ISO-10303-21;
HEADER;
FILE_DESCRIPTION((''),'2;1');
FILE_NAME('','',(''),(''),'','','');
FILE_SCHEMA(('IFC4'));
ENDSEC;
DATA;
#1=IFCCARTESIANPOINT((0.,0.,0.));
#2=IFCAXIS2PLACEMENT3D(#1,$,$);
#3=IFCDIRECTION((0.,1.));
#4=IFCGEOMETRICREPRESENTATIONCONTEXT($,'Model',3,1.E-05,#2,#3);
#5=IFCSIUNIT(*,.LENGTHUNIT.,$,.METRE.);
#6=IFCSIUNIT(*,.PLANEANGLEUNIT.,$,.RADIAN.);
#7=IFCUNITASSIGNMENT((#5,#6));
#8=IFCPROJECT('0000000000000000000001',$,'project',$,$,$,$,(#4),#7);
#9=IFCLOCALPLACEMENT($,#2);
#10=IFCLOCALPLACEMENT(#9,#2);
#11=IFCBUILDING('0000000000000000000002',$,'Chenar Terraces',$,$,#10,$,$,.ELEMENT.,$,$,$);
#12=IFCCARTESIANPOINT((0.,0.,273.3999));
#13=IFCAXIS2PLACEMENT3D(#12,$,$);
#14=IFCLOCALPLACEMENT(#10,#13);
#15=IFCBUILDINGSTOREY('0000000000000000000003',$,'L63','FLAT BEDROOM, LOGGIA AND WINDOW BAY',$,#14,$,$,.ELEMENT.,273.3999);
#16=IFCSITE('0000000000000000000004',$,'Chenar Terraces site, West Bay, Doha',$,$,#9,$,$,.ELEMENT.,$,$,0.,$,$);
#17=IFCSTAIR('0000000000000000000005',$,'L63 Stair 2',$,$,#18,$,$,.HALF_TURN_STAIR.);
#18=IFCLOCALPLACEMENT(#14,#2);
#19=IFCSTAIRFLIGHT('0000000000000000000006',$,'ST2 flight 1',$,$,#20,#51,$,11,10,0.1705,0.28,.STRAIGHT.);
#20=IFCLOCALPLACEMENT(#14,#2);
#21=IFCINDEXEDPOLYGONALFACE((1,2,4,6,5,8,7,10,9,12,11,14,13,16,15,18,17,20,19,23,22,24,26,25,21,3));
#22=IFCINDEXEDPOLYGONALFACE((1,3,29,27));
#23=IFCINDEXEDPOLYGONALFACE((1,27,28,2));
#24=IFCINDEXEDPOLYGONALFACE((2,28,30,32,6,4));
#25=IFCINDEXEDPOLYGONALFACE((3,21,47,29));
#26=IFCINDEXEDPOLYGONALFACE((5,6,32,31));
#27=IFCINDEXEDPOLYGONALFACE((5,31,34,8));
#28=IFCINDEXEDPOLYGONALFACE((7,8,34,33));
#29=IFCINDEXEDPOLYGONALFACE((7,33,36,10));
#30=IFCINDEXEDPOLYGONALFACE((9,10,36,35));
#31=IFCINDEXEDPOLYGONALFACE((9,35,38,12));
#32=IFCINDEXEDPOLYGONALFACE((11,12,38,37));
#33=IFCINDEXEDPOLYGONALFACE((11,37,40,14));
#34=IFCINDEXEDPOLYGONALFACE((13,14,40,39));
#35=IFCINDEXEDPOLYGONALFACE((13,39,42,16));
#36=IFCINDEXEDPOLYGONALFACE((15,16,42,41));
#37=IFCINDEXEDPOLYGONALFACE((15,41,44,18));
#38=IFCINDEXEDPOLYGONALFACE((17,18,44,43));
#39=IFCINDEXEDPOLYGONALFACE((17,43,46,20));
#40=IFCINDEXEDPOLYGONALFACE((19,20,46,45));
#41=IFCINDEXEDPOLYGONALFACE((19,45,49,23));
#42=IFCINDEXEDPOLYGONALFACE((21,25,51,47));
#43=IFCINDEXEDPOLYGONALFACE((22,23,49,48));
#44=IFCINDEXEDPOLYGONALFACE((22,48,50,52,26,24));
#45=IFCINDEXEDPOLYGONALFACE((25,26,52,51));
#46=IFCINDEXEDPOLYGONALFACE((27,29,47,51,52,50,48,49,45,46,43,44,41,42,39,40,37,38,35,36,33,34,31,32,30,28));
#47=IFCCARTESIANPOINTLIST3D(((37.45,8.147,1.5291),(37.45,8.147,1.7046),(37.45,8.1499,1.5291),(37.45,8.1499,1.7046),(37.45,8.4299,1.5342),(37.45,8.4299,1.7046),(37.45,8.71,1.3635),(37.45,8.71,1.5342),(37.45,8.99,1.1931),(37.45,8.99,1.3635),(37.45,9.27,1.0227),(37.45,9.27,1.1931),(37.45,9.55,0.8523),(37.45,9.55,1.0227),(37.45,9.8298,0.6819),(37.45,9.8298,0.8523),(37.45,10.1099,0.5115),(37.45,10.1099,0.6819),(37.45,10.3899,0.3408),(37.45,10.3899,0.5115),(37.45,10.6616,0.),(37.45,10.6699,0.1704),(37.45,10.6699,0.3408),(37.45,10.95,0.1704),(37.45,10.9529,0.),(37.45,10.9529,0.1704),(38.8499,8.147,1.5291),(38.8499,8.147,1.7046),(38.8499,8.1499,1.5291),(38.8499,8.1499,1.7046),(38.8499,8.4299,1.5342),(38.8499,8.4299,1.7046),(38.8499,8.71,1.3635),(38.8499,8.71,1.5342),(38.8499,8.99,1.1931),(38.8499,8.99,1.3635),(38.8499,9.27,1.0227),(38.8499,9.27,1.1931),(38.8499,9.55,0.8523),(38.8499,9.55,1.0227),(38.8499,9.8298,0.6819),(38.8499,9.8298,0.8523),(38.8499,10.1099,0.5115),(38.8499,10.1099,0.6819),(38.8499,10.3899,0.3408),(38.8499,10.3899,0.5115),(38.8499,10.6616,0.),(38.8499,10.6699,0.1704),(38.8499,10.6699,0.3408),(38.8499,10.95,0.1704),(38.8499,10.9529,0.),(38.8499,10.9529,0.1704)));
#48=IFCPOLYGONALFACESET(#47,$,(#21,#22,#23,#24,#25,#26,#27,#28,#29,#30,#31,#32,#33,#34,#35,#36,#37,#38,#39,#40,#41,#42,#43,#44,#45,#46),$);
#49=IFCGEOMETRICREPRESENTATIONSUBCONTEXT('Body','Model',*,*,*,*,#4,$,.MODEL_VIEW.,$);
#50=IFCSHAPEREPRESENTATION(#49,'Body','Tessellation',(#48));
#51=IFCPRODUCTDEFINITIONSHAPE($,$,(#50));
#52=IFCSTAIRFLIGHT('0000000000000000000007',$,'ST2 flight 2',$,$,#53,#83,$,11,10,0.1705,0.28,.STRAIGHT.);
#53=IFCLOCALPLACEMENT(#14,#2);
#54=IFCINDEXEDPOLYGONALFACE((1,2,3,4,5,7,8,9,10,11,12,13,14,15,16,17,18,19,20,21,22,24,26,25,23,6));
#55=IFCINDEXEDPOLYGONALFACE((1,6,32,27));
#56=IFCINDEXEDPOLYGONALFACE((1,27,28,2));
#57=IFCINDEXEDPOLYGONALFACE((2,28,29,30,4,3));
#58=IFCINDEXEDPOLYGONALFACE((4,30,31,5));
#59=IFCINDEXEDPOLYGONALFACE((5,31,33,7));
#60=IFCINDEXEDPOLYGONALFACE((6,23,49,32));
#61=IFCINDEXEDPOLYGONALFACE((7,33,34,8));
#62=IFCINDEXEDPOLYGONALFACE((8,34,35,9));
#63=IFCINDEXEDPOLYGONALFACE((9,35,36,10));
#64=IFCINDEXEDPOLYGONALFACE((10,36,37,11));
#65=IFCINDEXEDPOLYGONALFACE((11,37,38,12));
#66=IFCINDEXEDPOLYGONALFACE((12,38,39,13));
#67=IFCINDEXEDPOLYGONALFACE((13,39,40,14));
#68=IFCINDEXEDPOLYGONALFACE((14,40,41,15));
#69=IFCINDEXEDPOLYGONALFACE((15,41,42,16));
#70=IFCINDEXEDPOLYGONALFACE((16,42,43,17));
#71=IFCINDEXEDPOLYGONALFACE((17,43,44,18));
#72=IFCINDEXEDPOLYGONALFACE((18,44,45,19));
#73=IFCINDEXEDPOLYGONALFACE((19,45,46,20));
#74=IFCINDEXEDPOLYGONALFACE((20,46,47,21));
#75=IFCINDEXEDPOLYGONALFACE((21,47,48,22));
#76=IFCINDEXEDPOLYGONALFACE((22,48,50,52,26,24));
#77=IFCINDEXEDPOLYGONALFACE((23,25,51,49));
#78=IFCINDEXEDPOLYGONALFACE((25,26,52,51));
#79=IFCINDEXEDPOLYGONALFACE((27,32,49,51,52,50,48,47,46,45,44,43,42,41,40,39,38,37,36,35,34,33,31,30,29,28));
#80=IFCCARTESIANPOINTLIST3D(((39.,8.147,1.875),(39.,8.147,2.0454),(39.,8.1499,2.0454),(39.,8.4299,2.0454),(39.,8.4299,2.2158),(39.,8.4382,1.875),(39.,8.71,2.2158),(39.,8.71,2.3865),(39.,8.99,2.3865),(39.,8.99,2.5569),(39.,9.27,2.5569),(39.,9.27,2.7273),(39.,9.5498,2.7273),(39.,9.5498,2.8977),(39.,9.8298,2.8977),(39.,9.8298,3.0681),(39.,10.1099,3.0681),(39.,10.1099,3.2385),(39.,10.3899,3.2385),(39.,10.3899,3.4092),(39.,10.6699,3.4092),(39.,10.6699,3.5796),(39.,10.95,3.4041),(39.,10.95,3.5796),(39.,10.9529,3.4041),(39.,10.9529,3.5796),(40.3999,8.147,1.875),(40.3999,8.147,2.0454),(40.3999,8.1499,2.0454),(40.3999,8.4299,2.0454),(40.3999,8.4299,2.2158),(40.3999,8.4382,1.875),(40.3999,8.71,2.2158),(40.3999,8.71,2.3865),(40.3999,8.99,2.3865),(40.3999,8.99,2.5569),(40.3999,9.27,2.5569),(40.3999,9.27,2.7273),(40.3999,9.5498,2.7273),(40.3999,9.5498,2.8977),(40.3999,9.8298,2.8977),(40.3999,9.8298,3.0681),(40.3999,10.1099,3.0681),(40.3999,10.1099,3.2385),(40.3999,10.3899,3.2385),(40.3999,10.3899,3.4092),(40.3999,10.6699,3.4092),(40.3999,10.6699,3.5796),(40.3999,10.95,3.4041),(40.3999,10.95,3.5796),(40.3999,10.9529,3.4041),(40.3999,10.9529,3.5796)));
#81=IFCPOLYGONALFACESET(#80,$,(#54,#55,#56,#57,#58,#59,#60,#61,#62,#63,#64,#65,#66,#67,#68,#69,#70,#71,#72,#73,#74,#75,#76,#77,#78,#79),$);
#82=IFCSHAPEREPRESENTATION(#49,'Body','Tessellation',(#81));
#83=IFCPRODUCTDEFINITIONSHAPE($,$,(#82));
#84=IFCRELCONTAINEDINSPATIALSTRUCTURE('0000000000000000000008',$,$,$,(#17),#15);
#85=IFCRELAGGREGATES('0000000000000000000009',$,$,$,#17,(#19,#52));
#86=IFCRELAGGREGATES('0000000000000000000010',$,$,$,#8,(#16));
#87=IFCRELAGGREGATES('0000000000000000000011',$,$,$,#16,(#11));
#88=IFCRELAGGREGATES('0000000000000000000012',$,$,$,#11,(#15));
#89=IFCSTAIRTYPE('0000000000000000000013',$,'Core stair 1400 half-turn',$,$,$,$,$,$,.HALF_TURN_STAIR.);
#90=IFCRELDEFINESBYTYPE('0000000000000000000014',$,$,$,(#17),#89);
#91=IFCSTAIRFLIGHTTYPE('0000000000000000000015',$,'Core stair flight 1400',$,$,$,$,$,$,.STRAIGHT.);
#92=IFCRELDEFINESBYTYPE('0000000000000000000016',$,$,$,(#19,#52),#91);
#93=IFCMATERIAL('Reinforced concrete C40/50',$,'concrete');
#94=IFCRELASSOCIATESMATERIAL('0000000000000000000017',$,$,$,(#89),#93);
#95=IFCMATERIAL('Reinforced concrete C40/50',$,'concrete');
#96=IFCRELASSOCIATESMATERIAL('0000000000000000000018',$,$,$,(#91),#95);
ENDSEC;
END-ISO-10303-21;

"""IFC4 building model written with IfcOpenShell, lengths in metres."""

from ifc_helpers import new_model, si_unit, direction, frame, origin, place, context, subcontext, project, spatial, polyline, outline, extrude, material, type_object, element, aggregate, save


model = new_model("IFC4")

# Units and contexts
model_context = context("Model", 3, precision=1e-05, world=origin(), true_north=direction((0.0, 1.0)))
body_context = subcontext(model_context, "Body", "Model", "MODEL_VIEW")
ifc_project = project(units=[si_unit("LENGTHUNIT", "METRE"), si_unit("PLANEANGLEUNIT", "RADIAN")], contexts=[model_context])

# Site, building, storey
site_placement = place(None, origin())
site = spatial("IfcSite", under=ifc_project, at=site_placement, Name="Chenar Terraces site, West Bay, Doha", CompositionType="ELEMENT", RefElevation=0.0)
building_placement = place(site_placement, origin())
building = spatial("IfcBuilding", under=site, at=building_placement, Name="Chenar Terraces", CompositionType="ELEMENT")
storey_placement = place(building_placement, frame((0.0, 0.0, 273.3999)))
storey = spatial("IfcBuildingStorey", under=building, at=storey_placement, Name="L63", Description="FLAT BEDROOM, LOGGIA AND WINDOW BAY", CompositionType="ELEMENT", Elevation=273.3999)

# Stair, stair flights
ifc_material_1 = material(Name="Reinforced concrete C40/50", Category="concrete")
stair_type = type_object("IfcStairType", Name="Core stair 1400 half-turn", PredefinedType="HALF_TURN_STAIR", material=ifc_material_1)
stair_placement = place(storey_placement, origin())
stair = element("IfcStair", 1, at=stair_placement, inside=storey, type_object=stair_type, Name="L63 Stair 2", PredefinedType="HALF_TURN_STAIR")
ifc_material_2 = material(Name="Reinforced concrete C40/50", Category="concrete")
stair_flight_type = type_object("IfcStairFlightType", Name="Core stair flight 1400", PredefinedType="STRAIGHT", material=ifc_material_2)
stair_flight_1_placement = place(storey_placement, frame((38.1499, 10.95, 0.0), z_axis=(0.0, 0.0, 1.0), x_axis=(0.0, -1.0, 0.0)))
stair_flight_1 = element("IfcStairFlight", 2, at=stair_flight_1_placement, type_object=stair_flight_type, Name="ST2 flight 1", NumberOfRisers=11, NumberOfTreads=10, PredefinedType="STRAIGHT", RiserHeight=0.1705, TreadLength=0.28, context=body_context, shape_type="SweptSolid", body=[
    extrude(outline(polyline([(-0.0029, 0.0), (-0.0029, 0.1704), (0.0, 0.1704), (0.28, 0.1704), (0.28, 0.3408), (0.5601, 0.3408), (0.5601, 0.5115), (0.8401, 0.5115), (0.8401, 0.6819), (1.1201, 0.6819), (1.1201, 0.8523), (1.3999, 0.8523), (1.3999, 1.0227), (1.6799, 1.0227), (1.6799, 1.1931), (1.96, 1.1931), (1.96, 1.3635), (2.24, 1.3635), (2.24, 1.5342), (2.52, 1.5342), (2.52, 1.7046), (2.8, 1.7046), (2.803, 1.7046), (2.803, 1.5291), (2.8, 1.5291), (0.2883, 0.0), (-0.0029, 0.0)])), frame((0.0, 0.7, 0.0), z_axis=(0.0, -1.0, 0.0), x_axis=(1.0, 0.0, 0.0)), (0.0, 0.0, 1.0), 1.3999),
])
stair_flight_2_placement = place(storey_placement, frame((39.7, 8.1499, 1.875), z_axis=(0.0, 0.0, 1.0), x_axis=(0.0, 1.0, 0.0)))
stair_flight_2 = element("IfcStairFlight", 3, at=stair_flight_2_placement, type_object=stair_flight_type, Name="ST2 flight 2", NumberOfRisers=11, NumberOfTreads=10, PredefinedType="STRAIGHT", RiserHeight=0.1705, TreadLength=0.28, context=body_context, shape_type="SweptSolid", body=[
    extrude(outline(polyline([(-0.0029, 0.0), (-0.0029, 0.1704), (0.0, 0.1704), (0.28, 0.1704), (0.28, 0.3408), (0.5601, 0.3408), (0.5601, 0.5115), (0.8401, 0.5115), (0.8401, 0.6819), (1.1201, 0.6819), (1.1201, 0.8523), (1.3999, 0.8523), (1.3999, 1.0227), (1.6799, 1.0227), (1.6799, 1.1931), (1.96, 1.1931), (1.96, 1.3635), (2.24, 1.3635), (2.24, 1.5342), (2.52, 1.5342), (2.52, 1.7046), (2.8, 1.7046), (2.803, 1.7046), (2.803, 1.5291), (2.8, 1.5291), (0.2883, 0.0), (-0.0029, 0.0)])), frame((0.0, 0.7, 0.0), z_axis=(0.0, -1.0, 0.0), x_axis=(1.0, 0.0, 0.0)), (0.0, 0.0, 1.0), 1.3999),
])
aggregate(stair, [stair_flight_1, stair_flight_2])

save(model, "model.ifc")
